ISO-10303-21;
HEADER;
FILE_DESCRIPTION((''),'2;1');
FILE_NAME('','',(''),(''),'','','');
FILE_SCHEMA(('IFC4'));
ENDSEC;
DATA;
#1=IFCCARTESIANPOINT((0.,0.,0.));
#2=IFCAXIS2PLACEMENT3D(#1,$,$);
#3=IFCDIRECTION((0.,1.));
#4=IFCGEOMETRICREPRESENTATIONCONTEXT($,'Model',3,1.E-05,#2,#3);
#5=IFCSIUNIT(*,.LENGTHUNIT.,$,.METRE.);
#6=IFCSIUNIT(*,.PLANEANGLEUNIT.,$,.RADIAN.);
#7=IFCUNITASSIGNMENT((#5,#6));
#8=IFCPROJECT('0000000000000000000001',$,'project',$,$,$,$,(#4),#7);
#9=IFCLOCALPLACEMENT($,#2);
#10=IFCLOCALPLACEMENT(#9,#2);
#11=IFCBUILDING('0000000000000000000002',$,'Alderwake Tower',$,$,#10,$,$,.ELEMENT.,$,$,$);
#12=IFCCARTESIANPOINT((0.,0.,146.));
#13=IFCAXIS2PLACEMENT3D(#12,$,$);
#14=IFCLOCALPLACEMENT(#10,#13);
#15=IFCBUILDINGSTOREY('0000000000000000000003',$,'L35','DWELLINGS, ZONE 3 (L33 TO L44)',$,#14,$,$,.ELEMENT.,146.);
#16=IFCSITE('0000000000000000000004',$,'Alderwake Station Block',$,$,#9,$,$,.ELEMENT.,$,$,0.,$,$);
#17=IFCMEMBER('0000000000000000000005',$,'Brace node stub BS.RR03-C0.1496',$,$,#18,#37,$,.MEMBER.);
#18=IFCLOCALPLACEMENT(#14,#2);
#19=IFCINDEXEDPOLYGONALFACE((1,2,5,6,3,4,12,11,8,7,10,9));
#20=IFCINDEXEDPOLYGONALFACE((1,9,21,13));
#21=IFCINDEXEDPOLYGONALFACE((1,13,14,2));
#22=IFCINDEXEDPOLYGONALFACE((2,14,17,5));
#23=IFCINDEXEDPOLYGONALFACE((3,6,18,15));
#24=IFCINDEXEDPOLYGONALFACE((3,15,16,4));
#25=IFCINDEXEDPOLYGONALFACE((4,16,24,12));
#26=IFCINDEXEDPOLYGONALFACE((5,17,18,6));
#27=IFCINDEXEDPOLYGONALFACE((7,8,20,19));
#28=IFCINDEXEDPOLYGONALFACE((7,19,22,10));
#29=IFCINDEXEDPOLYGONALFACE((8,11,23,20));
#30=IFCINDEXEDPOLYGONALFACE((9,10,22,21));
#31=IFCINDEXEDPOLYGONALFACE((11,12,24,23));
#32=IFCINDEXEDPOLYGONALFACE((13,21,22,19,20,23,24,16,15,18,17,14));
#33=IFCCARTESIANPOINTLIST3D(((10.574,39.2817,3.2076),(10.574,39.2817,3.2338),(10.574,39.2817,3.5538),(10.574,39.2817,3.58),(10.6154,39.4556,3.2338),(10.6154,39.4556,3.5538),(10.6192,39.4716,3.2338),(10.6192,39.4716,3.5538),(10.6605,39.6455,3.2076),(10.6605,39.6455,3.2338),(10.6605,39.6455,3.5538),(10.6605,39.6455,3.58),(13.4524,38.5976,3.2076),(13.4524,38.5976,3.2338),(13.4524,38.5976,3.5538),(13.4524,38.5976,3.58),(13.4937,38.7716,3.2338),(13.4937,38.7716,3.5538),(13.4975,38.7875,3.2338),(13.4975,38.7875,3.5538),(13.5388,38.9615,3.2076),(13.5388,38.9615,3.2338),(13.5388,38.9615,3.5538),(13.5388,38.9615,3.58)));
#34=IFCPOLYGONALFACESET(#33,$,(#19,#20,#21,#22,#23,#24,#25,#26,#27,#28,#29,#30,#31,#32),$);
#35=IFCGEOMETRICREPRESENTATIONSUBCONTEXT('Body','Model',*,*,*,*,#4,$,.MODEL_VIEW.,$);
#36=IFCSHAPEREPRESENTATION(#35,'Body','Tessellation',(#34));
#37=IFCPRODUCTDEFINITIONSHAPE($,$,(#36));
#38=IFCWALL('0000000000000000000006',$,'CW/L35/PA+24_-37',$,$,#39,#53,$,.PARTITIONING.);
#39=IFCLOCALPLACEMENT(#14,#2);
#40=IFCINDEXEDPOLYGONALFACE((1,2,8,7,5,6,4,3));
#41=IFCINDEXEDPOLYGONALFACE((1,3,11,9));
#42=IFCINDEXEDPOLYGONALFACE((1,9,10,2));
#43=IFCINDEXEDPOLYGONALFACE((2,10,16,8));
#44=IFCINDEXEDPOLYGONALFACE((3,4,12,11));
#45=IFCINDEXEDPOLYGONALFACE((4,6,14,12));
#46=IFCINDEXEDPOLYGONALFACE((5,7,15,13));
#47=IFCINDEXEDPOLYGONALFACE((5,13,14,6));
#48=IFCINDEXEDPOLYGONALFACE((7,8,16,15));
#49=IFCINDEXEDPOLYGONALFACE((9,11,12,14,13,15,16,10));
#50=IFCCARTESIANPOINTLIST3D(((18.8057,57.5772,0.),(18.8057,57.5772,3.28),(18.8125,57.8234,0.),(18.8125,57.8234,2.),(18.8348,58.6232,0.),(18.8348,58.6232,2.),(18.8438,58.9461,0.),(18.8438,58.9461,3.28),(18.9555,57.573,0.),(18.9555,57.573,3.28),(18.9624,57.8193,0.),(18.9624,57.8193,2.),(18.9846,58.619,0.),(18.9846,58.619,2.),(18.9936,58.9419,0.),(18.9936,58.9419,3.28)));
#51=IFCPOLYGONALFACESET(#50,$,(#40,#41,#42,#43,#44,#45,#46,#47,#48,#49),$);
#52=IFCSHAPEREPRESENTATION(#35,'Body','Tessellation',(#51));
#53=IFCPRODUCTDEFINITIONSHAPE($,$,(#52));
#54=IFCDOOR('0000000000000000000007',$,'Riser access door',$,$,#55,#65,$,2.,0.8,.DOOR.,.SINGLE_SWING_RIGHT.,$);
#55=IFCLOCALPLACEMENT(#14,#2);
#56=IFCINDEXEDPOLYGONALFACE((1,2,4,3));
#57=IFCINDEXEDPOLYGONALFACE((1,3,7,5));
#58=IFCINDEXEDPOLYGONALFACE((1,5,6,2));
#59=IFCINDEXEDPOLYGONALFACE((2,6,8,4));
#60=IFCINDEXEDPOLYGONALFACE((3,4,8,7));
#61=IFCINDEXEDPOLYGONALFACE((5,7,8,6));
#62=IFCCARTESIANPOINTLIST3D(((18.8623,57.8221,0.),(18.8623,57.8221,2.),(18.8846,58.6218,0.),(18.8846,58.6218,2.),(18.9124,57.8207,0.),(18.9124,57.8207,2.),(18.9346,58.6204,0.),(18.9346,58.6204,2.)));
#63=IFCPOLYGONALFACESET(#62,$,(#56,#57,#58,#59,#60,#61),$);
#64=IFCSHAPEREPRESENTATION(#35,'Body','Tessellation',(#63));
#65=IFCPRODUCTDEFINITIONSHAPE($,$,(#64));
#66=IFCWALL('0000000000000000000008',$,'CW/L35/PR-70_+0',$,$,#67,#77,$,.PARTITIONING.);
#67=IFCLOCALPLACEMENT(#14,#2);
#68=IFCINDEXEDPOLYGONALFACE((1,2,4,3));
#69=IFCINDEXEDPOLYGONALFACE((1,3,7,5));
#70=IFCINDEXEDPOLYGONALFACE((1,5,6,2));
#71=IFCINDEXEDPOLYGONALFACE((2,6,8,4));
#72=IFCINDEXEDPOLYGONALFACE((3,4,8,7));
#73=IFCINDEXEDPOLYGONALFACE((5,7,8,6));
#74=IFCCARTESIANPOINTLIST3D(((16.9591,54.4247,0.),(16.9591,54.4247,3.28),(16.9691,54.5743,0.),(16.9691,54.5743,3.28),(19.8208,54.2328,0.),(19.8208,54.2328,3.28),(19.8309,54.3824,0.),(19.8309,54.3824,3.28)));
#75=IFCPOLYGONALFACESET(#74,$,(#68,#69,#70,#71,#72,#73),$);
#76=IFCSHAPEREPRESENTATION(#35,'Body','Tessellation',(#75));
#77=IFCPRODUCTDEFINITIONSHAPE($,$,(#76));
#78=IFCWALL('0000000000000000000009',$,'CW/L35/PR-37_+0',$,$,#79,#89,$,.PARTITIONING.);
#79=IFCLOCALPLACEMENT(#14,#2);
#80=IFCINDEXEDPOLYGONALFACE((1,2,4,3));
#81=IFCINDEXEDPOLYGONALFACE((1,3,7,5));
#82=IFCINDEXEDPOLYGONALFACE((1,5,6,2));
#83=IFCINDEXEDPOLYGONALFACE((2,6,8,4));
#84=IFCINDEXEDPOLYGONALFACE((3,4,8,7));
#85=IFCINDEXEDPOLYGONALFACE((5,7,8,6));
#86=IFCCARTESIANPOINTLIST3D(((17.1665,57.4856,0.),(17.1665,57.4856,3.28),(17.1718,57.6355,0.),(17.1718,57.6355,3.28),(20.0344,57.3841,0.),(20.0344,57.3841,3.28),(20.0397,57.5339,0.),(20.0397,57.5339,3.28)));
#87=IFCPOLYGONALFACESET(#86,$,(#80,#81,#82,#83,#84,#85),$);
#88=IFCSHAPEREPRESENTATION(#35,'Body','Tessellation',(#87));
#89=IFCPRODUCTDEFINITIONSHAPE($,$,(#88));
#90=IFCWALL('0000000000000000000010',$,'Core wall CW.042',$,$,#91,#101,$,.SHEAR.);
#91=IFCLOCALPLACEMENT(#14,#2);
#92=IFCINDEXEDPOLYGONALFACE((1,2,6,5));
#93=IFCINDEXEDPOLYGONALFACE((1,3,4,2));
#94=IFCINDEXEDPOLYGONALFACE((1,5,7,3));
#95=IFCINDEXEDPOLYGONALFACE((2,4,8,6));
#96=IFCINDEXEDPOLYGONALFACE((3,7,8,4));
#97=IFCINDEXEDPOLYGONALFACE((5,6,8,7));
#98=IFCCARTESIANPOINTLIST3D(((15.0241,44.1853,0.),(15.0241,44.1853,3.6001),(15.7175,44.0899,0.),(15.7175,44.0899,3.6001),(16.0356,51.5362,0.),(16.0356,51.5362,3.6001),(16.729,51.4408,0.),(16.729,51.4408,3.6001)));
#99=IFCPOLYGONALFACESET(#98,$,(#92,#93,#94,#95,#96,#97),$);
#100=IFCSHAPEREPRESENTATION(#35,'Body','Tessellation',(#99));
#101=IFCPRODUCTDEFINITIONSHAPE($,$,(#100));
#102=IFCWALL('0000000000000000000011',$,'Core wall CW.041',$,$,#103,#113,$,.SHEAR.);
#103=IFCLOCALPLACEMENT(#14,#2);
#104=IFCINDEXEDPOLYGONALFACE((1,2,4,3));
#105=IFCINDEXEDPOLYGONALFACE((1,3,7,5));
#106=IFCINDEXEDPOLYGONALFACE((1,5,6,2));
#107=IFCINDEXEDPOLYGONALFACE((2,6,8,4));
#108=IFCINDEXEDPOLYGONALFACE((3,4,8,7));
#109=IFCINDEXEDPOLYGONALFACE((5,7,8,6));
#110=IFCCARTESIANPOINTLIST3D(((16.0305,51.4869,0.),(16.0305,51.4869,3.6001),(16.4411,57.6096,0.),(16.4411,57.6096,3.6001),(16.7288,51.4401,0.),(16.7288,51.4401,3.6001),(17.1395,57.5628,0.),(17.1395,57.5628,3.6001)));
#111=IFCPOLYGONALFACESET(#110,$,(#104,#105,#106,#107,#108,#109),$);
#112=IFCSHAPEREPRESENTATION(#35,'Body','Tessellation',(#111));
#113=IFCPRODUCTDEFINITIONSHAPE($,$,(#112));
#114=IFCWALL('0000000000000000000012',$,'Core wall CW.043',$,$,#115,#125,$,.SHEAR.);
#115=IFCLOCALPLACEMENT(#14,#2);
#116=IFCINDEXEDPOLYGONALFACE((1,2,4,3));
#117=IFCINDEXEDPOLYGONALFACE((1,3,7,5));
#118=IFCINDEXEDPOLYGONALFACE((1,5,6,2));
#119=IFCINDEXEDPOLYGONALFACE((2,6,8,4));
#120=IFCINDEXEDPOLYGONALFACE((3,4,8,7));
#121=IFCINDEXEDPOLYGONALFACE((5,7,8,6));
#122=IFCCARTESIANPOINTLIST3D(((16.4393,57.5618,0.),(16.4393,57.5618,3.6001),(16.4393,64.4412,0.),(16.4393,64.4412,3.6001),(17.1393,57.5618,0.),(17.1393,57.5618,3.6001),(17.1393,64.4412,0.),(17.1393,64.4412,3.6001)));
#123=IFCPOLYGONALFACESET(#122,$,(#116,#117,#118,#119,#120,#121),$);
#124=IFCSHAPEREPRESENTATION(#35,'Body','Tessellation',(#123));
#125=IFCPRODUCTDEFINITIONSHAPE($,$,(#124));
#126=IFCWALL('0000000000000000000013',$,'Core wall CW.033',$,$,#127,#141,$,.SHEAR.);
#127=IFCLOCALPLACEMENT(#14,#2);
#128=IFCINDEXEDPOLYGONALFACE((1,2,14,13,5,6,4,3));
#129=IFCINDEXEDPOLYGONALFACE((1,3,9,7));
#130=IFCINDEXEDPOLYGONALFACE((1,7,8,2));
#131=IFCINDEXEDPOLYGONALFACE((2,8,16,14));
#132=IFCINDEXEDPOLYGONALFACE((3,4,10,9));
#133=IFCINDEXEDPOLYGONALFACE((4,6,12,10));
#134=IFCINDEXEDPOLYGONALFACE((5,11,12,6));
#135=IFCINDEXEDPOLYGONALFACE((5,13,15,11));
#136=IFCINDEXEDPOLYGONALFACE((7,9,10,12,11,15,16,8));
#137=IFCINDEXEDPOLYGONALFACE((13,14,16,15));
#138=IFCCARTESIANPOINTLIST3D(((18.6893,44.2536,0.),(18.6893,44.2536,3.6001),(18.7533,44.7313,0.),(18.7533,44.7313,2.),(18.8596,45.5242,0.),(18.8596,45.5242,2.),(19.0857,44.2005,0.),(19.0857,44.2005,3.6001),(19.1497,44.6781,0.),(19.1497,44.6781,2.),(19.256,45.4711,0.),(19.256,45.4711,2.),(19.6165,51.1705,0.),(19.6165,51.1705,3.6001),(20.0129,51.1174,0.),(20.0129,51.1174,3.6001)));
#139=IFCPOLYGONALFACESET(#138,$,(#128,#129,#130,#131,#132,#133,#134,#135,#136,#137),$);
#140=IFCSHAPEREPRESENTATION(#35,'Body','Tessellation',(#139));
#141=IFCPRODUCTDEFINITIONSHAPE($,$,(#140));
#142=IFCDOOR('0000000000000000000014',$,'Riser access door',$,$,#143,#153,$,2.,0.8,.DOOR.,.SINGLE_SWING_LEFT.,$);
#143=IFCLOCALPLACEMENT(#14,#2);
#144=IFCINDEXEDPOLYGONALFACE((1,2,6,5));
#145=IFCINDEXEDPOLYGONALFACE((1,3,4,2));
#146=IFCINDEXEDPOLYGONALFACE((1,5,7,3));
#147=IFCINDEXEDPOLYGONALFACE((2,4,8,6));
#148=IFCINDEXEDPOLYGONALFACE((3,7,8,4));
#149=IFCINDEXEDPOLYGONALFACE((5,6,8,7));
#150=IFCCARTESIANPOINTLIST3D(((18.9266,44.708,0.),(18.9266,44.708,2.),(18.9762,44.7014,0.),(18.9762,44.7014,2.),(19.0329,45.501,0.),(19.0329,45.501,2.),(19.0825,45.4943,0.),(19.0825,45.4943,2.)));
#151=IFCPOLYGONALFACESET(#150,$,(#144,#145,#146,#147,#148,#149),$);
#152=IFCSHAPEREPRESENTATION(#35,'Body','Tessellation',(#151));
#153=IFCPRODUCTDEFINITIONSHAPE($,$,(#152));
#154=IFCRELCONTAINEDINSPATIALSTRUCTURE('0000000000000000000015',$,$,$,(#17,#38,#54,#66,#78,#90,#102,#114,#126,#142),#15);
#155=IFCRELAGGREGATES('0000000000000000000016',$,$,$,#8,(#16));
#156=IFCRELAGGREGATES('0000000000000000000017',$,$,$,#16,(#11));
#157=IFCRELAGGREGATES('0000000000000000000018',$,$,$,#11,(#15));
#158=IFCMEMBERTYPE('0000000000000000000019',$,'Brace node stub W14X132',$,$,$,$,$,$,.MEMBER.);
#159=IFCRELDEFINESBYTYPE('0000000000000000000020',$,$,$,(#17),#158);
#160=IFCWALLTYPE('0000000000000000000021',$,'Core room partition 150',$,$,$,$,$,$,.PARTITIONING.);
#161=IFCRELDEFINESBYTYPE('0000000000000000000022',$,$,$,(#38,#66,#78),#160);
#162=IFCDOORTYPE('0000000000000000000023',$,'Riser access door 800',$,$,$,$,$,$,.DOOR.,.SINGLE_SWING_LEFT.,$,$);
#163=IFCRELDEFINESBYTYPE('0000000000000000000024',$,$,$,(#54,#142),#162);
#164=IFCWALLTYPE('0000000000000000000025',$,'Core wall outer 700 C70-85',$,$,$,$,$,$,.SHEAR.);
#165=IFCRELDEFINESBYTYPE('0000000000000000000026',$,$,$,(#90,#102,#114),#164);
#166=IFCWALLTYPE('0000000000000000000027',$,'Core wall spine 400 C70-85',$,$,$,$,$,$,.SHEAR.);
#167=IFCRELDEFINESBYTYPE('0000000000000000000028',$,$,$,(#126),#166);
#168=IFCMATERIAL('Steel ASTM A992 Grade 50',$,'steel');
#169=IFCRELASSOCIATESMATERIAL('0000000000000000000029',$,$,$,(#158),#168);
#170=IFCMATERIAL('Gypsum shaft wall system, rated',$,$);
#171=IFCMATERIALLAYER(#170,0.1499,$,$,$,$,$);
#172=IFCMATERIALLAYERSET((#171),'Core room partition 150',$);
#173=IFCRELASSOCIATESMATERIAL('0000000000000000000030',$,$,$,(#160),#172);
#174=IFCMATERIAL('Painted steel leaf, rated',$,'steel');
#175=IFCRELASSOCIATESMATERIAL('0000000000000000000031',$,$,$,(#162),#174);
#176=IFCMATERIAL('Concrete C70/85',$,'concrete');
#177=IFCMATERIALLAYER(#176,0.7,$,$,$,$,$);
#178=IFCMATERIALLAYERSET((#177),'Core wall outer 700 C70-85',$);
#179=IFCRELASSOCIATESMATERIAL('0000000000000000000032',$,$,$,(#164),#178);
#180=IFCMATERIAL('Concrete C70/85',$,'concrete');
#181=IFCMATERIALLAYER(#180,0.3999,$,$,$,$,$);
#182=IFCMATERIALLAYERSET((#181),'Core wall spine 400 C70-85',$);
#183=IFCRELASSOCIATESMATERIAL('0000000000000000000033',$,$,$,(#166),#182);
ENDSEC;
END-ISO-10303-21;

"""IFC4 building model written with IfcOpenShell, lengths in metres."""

from ifc_helpers import new_model, si_unit, direction, frame, frame_2d, origin, origin_2d, place, context, subcontext, project, spatial, rectangle, i_section, extrude, material, layer, layer_set, material_profile, profile_set, type_object, element, fill, save


model = new_model("IFC4")

# Units and contexts
model_context = context("Model", 3, precision=1e-05, world=origin(), true_north=direction((0.0, 1.0)))
body_context = subcontext(model_context, "Body", "Model", "MODEL_VIEW")
ifc_project = project(units=[si_unit("LENGTHUNIT", "METRE"), si_unit("PLANEANGLEUNIT", "RADIAN")], contexts=[model_context])

# Site, building, storey
site_placement = place(None, origin())
site = spatial("IfcSite", under=ifc_project, at=site_placement, Name="Alderwake Station Block", CompositionType="ELEMENT", RefElevation=0.0)
building_placement = place(site_placement, origin())
building = spatial("IfcBuilding", under=site, at=building_placement, Name="Alderwake Tower", CompositionType="ELEMENT")
storey_placement = place(building_placement, frame((0.0, 0.0, 146.0)))
storey = spatial("IfcBuildingStorey", under=building, at=storey_placement, Name="L35", Description="DWELLINGS, ZONE 3 (L33 TO L44)", CompositionType="ELEMENT", Elevation=146.0)

# Member
ifc_material_1 = material(Name="Steel ASTM A992 Grade 50", Category="steel")
ifc_material_profile_1 = material_profile(ifc_material_1, i_section(OverallWidth=0.374, OverallDepth=0.3723, WebThickness=0.0164, FlangeThickness=0.0261, at=origin_2d()), Name="W14X132")
ifc_profile_set_1 = profile_set([ifc_material_profile_1], Name="Steel ASTM A992 Grade 50")
member_type = type_object("IfcMemberType", Name="Brace node stub W14X132", PredefinedType="MEMBER", material=ifc_profile_set_1)
member_placement = place(storey_placement, frame((13.4956, 38.7795, 3.3938), z_axis=(-0.972902, 0.231219, 0.0), x_axis=(-0.231219, -0.972902, 0.0)))
element("IfcMember", 1, at=member_placement, inside=storey, type_object=member_type, Name="Brace node stub BS.RR03-C0.1496", PredefinedType="MEMBER", context=body_context, shape_type="SweptSolid", body=[
    extrude(i_section(OverallWidth=0.374, OverallDepth=0.3723, WebThickness=0.0164, FlangeThickness=0.0261, at=origin_2d()), origin(), (0.0, 0.0, 1.0), 2.9585),
])

# Wall, opening, door
ifc_material_2 = material(Name="Gypsum shaft wall system, rated")
ifc_layer_1 = layer(ifc_material_2, 0.1499)
ifc_layer_set_1 = layer_set([ifc_layer_1], Name="Core room partition 150")
wall_type_1 = type_object("IfcWallType", Name="Core room partition 150", PredefinedType="PARTITIONING", material=ifc_layer_set_1)
wall_1_placement = place(storey_placement, frame((18.9187, 58.9438, 0.0), z_axis=(0.0, 0.0, 1.0), x_axis=(-0.027812, -0.999613, 0.0)))
wall_1 = element("IfcWall", 2, at=wall_1_placement, inside=storey, type_object=wall_type_1, Name="CW/L35/PA+24_-37", PredefinedType="PARTITIONING", context=body_context, shape_type="SweptSolid", body=[
    extrude(rectangle(XDim=1.3694, YDim=0.1499, at=frame_2d((0.6846, 0.0))), origin(), (0.0, 0.0, 1.0), 3.28),
])
opening_1_placement = place(wall_1_placement, frame((0.323, 0.0, 0.0)))
opening_1 = element("IfcOpeningElement", 3, at=opening_1_placement, cuts=wall_1, PredefinedType="OPENING", context=body_context, shape_type="SweptSolid", body=[
    extrude(rectangle(XDim=0.8, YDim=2.0, at=frame_2d((0.3999, 1.0))), frame((0.0, 0.085, 0.0), z_axis=(0.0, -1.0, 0.0), x_axis=(1.0, 0.0, 0.0)), (0.0, 0.0, 1.0), 0.1699),
])
ifc_material_3 = material(Name="Painted steel leaf, rated", Category="steel")
door_type_1 = type_object("IfcDoorType", Name="Riser access door 800", OperationType="SINGLE_SWING_LEFT", PredefinedType="DOOR", material=ifc_material_3)
door_1_placement = place(opening_1_placement, origin())
door_1 = element("IfcDoor", 4, at=door_1_placement, inside=storey, type_object=door_type_1, Name="Riser access door", OperationType="SINGLE_SWING_RIGHT", OverallHeight=2.0, OverallWidth=0.8, PredefinedType="DOOR", context=body_context, shape_type="SweptSolid", body=[
    extrude(rectangle(XDim=0.8, YDim=2.0, at=frame_2d((0.3999, 1.0))), frame((0.0, 0.0249, 0.0), z_axis=(0.0, -1.0, 0.0), x_axis=(1.0, 0.0, 0.0)), (0.0, 0.0, 1.0), 0.05),
])
fill(opening_1, door_1)

# Walls
wall_2_placement = place(storey_placement, frame((16.9641, 54.4995, 0.0), z_axis=(0.0, 0.0, 1.0), x_axis=(0.997759, -0.066903, 0.0)))
element("IfcWall", 5, at=wall_2_placement, inside=storey, type_object=wall_type_1, Name="CW/L35/PR-70_+0", PredefinedType="PARTITIONING", context=body_context, shape_type="SweptSolid", body=[
    extrude(rectangle(XDim=2.8682, YDim=0.1499, at=frame_2d((1.4341, 0.0))), origin(), (0.0, 0.0, 1.0), 3.28),
])
wall_3_placement = place(storey_placement, frame((17.1692, 57.5605, 0.0), z_axis=(0.0, 0.0, 1.0), x_axis=(0.999374, -0.035391, 0.0)))
element("IfcWall", 6, at=wall_3_placement, inside=storey, type_object=wall_type_1, Name="CW/L35/PR-37_+0", PredefinedType="PARTITIONING", context=body_context, shape_type="SweptSolid", body=[
    extrude(rectangle(XDim=2.8696, YDim=0.1499, at=frame_2d((1.4348, 0.0))), origin(), (0.0, 0.0, 1.0), 3.28),
])
ifc_material_4 = material(Name="Concrete C70/85", Category="concrete")
ifc_layer_2 = layer(ifc_material_4, 0.7)
ifc_layer_set_2 = layer_set([ifc_layer_2], Name="Core wall outer 700 C70-85")
wall_type_2 = type_object("IfcWallType", Name="Core wall outer 700 C70-85", PredefinedType="SHEAR", material=ifc_layer_set_2)
wall_4_placement = place(storey_placement, frame((15.3708, 44.1377, 0.0), z_axis=(0.0, 0.0, 1.0), x_axis=(0.136316, 0.990665, 0.0)))
element("IfcWall", 7, at=wall_4_placement, inside=storey, type_object=wall_type_2, Name="Core wall CW.042", PredefinedType="SHEAR", context=body_context, shape_type="SweptSolid", body=[
    extrude(rectangle(XDim=7.4202, YDim=0.7, at=frame_2d((3.71, 0.0))), origin(), (0.0, 0.0, 1.0), 3.6001),
])
wall_5_placement = place(storey_placement, frame((16.3796, 51.4634, 0.0), z_axis=(0.0, 0.0, 1.0), x_axis=(0.066918, 0.997758, 0.0)))
element("IfcWall", 8, at=wall_5_placement, inside=storey, type_object=wall_type_2, Name="Core wall CW.041", PredefinedType="SHEAR", context=body_context, shape_type="SweptSolid", body=[
    extrude(rectangle(XDim=6.1365, YDim=0.7, at=frame_2d((3.0684, 0.0))), origin(), (0.0, 0.0, 1.0), 3.6001),
])
wall_6_placement = place(storey_placement, frame((16.7893, 57.5618, 0.0), z_axis=(0.0, 0.0, 1.0), x_axis=(0.0, 1.0, 0.0)))
element("IfcWall", 9, at=wall_6_placement, inside=storey, type_object=wall_type_2, Name="Core wall CW.043", PredefinedType="SHEAR", context=body_context, shape_type="SweptSolid", body=[
    extrude(rectangle(XDim=6.8794, YDim=0.7, at=frame_2d((3.4397, 0.0))), origin(), (0.0, 0.0, 1.0), 3.6001),
])

# Wall, opening, door
ifc_material_5 = material(Name="Concrete C70/85", Category="concrete")
ifc_layer_3 = layer(ifc_material_5, 0.3999)
ifc_layer_set_3 = layer_set([ifc_layer_3], Name="Core wall spine 400 C70-85")
wall_type_3 = type_object("IfcWallType", Name="Core wall spine 400 C70-85", PredefinedType="SHEAR", material=ifc_layer_set_3)
wall_7_placement = place(storey_placement, frame((19.8147, 51.1438, 0.0), z_axis=(0.0, 0.0, 1.0), x_axis=(-0.132865, -0.991134, 0.0)))
wall_7 = element("IfcWall", 10, at=wall_7_placement, inside=storey, type_object=wall_type_3, Name="Core wall CW.033", PredefinedType="SHEAR", context=body_context, shape_type="SweptSolid", body=[
    extrude(rectangle(XDim=6.9788, YDim=0.3999, at=frame_2d((3.4893, 0.0))), origin(), (0.0, 0.0, 1.0), 3.6001),
])
opening_2_placement = place(wall_7_placement, frame((5.6968, 0.0, 0.0)))
opening_2 = element("IfcOpeningElement", 11, at=opening_2_placement, cuts=wall_7, PredefinedType="OPENING", context=body_context, shape_type="SweptSolid", body=[
    extrude(rectangle(XDim=0.8, YDim=2.0, at=frame_2d((0.3999, 1.0))), frame((0.0, 0.21, 0.0), z_axis=(0.0, -1.0, 0.0), x_axis=(1.0, 0.0, 0.0)), (0.0, 0.0, 1.0), 0.4199),
])
door_2_placement = place(opening_2_placement, origin())
door_2 = element("IfcDoor", 12, at=door_2_placement, inside=storey, type_object=door_type_1, Name="Riser access door", OperationType="SINGLE_SWING_LEFT", OverallHeight=2.0, OverallWidth=0.8, PredefinedType="DOOR", context=body_context, shape_type="SweptSolid", body=[
    extrude(rectangle(XDim=0.8, YDim=2.0, at=frame_2d((0.3999, 1.0))), frame((0.0, 0.0249, 0.0), z_axis=(0.0, -1.0, 0.0), x_axis=(1.0, 0.0, 0.0)), (0.0, 0.0, 1.0), 0.05),
])
fill(opening_2, door_2)

save(model, "model.ifc")
